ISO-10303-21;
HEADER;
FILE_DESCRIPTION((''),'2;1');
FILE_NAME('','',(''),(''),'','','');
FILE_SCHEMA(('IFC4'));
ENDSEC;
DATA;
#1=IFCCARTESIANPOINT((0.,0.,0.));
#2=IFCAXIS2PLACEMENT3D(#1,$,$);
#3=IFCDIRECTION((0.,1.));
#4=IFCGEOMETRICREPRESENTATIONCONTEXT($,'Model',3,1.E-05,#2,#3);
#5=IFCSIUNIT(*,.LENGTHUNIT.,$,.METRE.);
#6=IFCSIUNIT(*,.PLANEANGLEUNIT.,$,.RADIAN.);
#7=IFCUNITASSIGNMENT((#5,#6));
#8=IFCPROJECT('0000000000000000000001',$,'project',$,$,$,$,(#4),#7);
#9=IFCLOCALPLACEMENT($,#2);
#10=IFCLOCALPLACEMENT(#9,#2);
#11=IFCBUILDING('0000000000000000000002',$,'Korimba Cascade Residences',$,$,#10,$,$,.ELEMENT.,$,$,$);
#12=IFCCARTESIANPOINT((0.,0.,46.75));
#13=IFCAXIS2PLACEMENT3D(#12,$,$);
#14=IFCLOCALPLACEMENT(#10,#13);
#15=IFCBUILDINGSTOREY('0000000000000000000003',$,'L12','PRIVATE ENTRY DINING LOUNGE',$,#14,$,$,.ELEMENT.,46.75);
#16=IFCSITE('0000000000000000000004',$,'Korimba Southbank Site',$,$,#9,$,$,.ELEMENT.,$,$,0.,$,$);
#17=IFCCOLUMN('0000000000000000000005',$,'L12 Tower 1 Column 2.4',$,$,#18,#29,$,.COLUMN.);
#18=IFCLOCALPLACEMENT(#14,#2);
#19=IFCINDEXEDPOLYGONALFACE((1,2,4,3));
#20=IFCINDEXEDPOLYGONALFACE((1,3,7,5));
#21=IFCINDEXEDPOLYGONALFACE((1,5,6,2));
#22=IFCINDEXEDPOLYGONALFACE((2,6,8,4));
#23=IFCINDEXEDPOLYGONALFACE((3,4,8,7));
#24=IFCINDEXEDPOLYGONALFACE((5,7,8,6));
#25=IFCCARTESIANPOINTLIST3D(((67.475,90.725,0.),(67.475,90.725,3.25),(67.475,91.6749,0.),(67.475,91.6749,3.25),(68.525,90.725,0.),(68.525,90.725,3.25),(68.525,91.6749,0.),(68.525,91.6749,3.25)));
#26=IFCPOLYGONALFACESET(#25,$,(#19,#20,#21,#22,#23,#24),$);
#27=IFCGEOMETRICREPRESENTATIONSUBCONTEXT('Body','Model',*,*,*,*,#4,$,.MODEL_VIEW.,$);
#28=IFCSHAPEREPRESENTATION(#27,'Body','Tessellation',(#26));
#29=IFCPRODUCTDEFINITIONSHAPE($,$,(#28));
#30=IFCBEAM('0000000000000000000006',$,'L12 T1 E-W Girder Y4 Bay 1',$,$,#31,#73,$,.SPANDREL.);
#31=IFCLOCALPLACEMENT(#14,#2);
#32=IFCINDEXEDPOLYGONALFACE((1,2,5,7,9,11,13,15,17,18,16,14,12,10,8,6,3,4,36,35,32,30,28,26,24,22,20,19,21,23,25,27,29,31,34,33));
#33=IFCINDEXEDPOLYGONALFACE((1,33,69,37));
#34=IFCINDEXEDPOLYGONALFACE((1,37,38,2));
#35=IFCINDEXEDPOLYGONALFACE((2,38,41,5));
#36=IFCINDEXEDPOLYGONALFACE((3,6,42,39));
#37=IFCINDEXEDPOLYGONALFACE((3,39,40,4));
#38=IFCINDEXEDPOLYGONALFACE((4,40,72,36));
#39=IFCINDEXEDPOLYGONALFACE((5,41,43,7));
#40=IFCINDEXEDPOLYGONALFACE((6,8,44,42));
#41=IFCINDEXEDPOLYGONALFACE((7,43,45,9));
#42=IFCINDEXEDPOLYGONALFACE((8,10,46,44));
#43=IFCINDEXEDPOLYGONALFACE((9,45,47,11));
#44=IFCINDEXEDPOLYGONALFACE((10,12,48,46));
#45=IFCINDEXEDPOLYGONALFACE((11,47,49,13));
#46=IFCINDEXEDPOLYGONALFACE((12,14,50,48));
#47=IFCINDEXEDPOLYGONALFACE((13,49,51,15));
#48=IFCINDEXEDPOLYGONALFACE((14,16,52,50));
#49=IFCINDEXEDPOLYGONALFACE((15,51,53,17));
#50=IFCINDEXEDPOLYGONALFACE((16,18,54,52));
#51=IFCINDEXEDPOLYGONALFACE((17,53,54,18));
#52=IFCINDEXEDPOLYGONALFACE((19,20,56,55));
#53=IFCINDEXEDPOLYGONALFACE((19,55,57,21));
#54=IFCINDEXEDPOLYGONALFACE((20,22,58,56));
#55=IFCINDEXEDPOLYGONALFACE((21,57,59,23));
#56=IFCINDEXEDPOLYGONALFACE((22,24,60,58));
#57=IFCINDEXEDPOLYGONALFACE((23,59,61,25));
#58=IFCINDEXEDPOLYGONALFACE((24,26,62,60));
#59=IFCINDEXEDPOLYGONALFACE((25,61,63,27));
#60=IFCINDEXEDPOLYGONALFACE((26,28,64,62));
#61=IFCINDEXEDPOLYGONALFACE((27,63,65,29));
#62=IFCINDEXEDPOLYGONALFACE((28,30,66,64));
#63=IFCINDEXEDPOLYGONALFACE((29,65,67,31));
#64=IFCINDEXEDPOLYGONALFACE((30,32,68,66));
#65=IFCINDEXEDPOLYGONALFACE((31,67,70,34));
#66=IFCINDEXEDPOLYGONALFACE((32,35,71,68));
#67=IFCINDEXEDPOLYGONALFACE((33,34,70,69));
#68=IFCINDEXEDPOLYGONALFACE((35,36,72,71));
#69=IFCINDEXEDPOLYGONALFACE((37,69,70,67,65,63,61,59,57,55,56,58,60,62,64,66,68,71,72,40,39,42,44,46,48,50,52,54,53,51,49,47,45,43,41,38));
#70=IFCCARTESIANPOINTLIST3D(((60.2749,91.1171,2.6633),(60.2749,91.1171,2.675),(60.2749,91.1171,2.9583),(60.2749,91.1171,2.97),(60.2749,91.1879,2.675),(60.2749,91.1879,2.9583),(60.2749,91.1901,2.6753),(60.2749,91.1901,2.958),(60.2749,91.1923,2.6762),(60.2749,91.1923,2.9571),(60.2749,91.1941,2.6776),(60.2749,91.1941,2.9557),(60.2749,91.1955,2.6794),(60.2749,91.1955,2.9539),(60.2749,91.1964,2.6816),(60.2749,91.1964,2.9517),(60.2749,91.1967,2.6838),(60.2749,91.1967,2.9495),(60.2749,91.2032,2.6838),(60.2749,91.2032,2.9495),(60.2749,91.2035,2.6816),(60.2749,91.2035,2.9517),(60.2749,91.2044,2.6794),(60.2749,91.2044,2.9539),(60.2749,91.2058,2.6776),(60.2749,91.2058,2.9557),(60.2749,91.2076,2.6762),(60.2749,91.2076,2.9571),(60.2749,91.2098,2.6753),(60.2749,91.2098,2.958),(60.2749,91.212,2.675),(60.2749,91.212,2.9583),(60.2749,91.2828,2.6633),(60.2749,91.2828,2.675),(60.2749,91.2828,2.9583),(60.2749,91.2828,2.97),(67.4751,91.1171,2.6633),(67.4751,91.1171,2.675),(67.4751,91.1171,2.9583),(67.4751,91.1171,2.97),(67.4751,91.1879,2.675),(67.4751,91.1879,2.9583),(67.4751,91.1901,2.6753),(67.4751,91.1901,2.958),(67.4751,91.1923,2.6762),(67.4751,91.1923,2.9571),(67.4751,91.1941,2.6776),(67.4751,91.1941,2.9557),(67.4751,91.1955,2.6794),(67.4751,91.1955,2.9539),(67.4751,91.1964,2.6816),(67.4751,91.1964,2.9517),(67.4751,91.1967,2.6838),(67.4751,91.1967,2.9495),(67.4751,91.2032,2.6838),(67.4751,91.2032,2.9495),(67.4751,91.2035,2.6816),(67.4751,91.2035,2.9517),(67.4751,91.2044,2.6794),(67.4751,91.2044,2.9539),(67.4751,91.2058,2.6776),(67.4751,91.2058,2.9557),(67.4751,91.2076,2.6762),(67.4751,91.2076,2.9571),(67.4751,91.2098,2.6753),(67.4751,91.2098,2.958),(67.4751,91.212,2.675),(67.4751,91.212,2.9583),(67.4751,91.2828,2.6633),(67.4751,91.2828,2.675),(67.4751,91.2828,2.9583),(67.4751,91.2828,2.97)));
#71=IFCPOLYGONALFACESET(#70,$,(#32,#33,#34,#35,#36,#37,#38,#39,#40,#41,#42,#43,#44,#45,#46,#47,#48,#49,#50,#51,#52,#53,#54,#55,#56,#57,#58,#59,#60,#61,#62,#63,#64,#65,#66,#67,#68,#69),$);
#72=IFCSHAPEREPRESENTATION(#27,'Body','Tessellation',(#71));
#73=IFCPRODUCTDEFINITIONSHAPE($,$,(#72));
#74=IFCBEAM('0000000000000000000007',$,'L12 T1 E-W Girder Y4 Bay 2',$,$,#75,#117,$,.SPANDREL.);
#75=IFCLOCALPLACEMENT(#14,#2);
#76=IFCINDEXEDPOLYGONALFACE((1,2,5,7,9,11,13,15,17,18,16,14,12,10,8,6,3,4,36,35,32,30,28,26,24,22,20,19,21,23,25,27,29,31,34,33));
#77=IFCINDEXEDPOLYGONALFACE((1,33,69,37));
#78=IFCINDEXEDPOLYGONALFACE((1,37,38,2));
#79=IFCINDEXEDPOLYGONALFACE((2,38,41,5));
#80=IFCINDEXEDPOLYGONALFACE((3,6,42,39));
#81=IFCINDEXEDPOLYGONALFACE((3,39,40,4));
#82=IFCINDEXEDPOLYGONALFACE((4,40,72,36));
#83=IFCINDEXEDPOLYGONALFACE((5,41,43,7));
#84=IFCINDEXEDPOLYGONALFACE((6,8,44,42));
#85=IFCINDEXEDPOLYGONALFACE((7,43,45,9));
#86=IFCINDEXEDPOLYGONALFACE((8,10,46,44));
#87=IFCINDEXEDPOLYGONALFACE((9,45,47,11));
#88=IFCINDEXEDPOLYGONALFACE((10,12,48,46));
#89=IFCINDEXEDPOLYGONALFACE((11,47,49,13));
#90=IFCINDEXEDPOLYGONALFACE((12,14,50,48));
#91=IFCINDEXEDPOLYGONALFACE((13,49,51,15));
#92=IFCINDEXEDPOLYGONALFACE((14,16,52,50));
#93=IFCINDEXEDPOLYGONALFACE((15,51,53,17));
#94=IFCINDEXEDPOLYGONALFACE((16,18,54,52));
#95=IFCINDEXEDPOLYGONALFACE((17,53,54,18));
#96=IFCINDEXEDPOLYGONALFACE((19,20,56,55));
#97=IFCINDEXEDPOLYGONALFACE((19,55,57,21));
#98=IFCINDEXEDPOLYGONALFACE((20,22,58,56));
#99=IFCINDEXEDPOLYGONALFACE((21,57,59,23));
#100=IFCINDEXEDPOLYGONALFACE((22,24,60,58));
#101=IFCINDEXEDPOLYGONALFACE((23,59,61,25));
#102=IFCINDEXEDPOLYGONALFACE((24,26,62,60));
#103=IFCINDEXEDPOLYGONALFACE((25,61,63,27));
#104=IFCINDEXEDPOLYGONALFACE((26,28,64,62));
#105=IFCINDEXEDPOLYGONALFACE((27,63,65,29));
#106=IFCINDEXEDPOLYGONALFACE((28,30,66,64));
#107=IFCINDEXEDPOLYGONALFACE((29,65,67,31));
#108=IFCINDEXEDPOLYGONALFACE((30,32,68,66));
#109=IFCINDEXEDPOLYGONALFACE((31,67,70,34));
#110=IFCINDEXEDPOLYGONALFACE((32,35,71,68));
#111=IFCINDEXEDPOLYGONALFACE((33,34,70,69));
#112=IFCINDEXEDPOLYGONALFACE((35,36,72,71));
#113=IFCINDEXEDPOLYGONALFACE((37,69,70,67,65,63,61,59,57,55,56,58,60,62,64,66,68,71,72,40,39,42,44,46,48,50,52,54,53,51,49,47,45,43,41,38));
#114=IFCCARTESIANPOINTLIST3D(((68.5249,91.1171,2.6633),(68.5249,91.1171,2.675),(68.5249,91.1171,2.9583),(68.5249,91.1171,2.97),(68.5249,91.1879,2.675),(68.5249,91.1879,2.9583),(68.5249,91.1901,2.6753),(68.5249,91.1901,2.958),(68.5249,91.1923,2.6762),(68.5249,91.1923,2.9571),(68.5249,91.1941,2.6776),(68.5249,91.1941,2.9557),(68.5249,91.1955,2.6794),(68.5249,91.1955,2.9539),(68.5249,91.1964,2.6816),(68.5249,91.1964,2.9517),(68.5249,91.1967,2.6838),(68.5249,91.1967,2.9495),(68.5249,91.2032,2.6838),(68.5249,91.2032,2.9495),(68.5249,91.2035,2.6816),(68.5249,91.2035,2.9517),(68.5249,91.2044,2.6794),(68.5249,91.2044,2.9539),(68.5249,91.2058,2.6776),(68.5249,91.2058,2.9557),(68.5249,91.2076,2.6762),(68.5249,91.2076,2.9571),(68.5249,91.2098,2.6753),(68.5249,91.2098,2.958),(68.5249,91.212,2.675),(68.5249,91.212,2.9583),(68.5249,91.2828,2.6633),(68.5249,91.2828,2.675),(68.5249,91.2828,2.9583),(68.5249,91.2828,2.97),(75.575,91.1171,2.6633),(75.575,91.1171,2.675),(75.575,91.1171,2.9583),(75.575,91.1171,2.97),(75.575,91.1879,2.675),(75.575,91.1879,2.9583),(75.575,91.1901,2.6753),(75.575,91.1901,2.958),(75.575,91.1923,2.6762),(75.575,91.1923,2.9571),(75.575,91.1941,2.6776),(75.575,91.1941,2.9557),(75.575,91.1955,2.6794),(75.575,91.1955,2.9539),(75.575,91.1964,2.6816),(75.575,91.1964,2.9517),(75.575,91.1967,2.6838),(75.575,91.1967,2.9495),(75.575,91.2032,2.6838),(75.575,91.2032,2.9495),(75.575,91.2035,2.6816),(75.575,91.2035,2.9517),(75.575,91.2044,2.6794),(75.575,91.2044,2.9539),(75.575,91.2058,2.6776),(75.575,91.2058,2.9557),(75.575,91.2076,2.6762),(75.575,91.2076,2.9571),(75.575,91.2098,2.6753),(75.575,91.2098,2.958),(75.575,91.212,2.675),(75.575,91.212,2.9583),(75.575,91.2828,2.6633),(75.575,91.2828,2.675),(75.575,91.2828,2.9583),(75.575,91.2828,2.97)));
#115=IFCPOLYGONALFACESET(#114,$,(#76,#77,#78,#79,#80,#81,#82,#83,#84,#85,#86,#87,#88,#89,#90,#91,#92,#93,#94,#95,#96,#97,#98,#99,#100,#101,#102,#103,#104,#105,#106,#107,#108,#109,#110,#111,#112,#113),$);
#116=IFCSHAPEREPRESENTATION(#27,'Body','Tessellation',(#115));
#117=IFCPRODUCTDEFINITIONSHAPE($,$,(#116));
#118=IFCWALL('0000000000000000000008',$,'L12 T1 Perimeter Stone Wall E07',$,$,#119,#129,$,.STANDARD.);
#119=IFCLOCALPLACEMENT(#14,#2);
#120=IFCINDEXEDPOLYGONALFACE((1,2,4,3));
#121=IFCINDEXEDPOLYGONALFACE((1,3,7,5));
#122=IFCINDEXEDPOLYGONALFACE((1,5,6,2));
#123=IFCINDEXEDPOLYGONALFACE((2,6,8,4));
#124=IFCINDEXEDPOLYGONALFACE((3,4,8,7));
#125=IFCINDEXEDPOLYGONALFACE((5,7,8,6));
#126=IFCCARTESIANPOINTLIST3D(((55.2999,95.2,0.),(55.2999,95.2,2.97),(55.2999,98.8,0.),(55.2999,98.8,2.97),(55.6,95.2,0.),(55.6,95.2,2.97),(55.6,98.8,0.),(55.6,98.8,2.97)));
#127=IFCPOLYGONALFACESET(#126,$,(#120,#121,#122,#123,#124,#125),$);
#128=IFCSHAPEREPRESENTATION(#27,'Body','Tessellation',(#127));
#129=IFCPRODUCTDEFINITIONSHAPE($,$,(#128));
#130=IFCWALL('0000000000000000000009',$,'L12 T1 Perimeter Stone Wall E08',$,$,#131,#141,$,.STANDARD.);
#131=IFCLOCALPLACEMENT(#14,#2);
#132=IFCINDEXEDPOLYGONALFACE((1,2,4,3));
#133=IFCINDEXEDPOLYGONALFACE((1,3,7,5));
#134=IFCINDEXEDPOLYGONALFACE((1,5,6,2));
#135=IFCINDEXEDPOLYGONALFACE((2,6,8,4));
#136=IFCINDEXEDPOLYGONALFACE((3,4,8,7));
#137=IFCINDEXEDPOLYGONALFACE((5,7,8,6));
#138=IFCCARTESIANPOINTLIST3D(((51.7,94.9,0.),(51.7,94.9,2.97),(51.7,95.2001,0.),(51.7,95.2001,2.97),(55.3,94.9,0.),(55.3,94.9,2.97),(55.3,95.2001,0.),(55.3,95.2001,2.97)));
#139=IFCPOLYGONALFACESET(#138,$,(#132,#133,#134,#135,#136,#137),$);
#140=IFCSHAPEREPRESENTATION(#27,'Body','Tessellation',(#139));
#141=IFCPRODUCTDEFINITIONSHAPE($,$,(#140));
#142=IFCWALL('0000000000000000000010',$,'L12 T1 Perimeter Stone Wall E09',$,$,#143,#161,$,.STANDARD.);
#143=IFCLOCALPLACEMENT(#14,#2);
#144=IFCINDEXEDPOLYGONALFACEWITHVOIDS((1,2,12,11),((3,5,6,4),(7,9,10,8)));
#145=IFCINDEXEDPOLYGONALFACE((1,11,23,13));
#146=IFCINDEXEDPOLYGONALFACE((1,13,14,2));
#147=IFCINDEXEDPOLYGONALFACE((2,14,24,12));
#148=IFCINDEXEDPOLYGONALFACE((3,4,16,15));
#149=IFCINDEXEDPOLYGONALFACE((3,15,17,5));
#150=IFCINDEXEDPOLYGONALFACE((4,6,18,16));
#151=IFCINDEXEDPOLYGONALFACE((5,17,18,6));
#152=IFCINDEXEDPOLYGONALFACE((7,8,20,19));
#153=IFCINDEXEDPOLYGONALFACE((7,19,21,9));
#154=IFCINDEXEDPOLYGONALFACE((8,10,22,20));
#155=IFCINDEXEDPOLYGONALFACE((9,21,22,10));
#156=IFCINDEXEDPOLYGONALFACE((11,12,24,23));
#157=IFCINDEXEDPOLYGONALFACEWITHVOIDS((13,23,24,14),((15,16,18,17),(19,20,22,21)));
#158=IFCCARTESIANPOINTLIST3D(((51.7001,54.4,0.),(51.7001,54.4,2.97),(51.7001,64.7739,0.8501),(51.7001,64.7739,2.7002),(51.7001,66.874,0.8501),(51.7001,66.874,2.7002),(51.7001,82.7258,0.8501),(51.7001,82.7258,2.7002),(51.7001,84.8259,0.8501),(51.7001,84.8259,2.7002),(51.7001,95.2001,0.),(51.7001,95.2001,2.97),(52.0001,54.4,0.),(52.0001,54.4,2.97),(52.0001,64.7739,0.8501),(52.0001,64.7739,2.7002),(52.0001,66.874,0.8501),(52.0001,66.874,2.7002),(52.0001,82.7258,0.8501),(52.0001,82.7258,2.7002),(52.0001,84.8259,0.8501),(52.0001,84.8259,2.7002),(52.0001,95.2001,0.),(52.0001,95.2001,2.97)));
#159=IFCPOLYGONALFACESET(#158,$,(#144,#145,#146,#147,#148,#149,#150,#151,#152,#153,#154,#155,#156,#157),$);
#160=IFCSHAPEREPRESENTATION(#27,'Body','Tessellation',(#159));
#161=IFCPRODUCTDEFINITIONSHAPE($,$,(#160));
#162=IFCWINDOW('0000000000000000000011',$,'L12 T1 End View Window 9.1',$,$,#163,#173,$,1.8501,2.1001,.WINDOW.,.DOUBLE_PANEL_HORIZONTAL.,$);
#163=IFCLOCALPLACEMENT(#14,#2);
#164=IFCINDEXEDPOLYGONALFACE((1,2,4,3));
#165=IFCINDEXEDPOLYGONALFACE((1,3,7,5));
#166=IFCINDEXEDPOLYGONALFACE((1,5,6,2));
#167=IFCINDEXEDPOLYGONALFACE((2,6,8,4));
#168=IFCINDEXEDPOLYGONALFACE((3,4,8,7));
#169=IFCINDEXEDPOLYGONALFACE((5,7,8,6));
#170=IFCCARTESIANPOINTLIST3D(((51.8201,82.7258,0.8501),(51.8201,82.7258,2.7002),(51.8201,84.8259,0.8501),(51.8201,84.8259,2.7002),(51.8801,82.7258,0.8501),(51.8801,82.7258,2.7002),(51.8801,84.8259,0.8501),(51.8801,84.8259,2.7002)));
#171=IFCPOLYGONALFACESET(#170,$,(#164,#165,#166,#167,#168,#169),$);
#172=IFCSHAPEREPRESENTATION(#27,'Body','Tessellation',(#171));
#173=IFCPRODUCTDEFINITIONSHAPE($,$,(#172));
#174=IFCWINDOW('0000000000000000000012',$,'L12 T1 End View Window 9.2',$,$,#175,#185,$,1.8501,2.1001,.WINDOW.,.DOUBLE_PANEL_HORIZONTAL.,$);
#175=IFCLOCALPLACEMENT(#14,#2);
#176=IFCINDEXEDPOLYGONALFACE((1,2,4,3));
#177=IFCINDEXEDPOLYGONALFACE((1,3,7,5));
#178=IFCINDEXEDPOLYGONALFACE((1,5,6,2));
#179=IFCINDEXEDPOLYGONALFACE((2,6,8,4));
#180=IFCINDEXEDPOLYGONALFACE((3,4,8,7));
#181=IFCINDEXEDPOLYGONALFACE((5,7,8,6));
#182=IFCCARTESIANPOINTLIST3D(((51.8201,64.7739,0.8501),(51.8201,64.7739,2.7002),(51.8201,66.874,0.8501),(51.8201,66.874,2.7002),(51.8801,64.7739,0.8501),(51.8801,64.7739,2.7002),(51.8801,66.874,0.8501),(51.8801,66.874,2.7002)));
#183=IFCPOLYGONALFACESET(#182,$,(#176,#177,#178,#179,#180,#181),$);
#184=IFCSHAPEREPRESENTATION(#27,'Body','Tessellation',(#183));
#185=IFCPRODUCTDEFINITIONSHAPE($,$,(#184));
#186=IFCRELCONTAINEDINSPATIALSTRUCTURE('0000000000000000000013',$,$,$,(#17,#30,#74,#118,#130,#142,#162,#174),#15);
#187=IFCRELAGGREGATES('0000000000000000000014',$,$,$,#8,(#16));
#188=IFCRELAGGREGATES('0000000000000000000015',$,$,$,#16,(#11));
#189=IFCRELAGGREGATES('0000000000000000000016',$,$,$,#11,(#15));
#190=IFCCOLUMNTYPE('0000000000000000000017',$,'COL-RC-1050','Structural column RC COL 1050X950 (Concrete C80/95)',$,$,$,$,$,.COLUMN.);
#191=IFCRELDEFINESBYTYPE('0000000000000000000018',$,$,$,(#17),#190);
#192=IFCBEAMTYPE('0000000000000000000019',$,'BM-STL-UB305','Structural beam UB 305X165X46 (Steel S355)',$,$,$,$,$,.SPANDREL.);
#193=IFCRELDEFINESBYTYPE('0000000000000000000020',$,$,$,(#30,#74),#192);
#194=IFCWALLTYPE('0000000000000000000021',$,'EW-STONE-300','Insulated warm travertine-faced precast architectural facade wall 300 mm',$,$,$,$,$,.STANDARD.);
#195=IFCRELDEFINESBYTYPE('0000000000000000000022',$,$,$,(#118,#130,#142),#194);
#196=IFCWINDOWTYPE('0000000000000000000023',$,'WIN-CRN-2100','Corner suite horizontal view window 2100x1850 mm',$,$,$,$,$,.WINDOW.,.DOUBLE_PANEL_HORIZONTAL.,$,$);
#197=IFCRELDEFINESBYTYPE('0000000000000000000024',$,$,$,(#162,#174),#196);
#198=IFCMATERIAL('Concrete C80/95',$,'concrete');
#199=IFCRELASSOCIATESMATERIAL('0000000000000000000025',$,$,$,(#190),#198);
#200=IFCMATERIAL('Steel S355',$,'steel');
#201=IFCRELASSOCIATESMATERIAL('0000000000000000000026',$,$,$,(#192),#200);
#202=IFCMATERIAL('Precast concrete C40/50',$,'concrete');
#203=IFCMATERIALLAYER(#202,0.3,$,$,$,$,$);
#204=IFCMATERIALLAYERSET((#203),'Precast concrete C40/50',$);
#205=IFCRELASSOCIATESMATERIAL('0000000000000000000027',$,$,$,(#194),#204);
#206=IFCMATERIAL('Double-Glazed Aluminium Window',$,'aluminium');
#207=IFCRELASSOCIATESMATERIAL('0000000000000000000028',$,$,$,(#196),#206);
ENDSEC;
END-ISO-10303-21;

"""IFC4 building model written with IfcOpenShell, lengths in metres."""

from ifc_helpers import new_model, si_unit, direction, frame, frame_2d, origin, origin_2d, place, context, subcontext, project, spatial, rectangle, i_section, extrude, material, layer, layer_set, material_profile, profile_set, type_object, element, fill, save


model = new_model("IFC4")

# Units and contexts
model_context = context("Model", 3, precision=1e-05, world=origin(), true_north=direction((0.0, 1.0)))
body_context = subcontext(model_context, "Body", "Model", "MODEL_VIEW")
ifc_project = project(units=[si_unit("LENGTHUNIT", "METRE"), si_unit("PLANEANGLEUNIT", "RADIAN")], contexts=[model_context])

# Site, building, storey
site_placement = place(None, origin())
site = spatial("IfcSite", under=ifc_project, at=site_placement, Name="Korimba Southbank Site", CompositionType="ELEMENT", RefElevation=0.0)
building_placement = place(site_placement, origin())
building = spatial("IfcBuilding", under=site, at=building_placement, Name="Korimba Cascade Residences", CompositionType="ELEMENT")
storey_placement = place(building_placement, frame((0.0, 0.0, 46.75)))
storey = spatial("IfcBuildingStorey", under=building, at=storey_placement, Name="L12", Description="PRIVATE ENTRY DINING LOUNGE", CompositionType="ELEMENT", Elevation=46.75)

# Column
ifc_material_1 = material(Name="Concrete C80/95", Category="concrete")
ifc_material_profile_1 = material_profile(ifc_material_1, rectangle(XDim=1.05, YDim=0.95, at=origin_2d()), Name="Concrete C80/95")
ifc_profile_set_1 = profile_set([ifc_material_profile_1], Name="Concrete C80/95")
column_type = type_object("IfcColumnType", Name="COL-RC-1050", Description="Structural column RC COL 1050X950 (Concrete C80/95)", PredefinedType="COLUMN", material=ifc_profile_set_1)
column_placement = place(storey_placement, frame((68.0, 91.2, 0.0), z_axis=(0.0, 0.0, 1.0), x_axis=(1.0, 0.0, 0.0)))
element("IfcColumn", 1, at=column_placement, inside=storey, type_object=column_type, Name="L12 Tower 1 Column 2.4", PredefinedType="COLUMN", context=body_context, shape_type="SweptSolid", body=[
    extrude(rectangle(XDim=1.05, YDim=0.95, at=origin_2d()), origin(), (0.0, 0.0, 1.0), 3.25),
])

# Beams
ifc_material_2 = material(Name="Steel S355", Category="steel")
ifc_material_profile_2 = material_profile(ifc_material_2, i_section(OverallWidth=0.1658, OverallDepth=0.3066, WebThickness=0.0066, FlangeThickness=0.0117, FilletRadius=0.0088, at=origin_2d()), Name="Steel S355")
ifc_profile_set_2 = profile_set([ifc_material_profile_2], Name="Steel S355")
beam_type = type_object("IfcBeamType", Name="BM-STL-UB305", Description="Structural beam UB 305X165X46 (Steel S355)", PredefinedType="SPANDREL", material=ifc_profile_set_2)
beam_1_placement = place(storey_placement, frame((60.2749, 91.2, 2.8167), z_axis=(1.0, 0.0, 0.0), x_axis=(0.0, 1.0, 0.0)))
element("IfcBeam", 2, at=beam_1_placement, inside=storey, type_object=beam_type, Name="L12 T1 E-W Girder Y4 Bay 1", PredefinedType="SPANDREL", context=body_context, shape_type="SweptSolid", body=[
    extrude(i_section(OverallWidth=0.1658, OverallDepth=0.3066, WebThickness=0.0066, FlangeThickness=0.0117, FilletRadius=0.0088, at=origin_2d()), origin(), (0.0, 0.0, 1.0), 7.2002),
])
beam_2_placement = place(storey_placement, frame((68.5249, 91.2, 2.8167), z_axis=(1.0, 0.0, 0.0), x_axis=(0.0, 1.0, 0.0)))
element("IfcBeam", 3, at=beam_2_placement, inside=storey, type_object=beam_type, Name="L12 T1 E-W Girder Y4 Bay 2", PredefinedType="SPANDREL", context=body_context, shape_type="SweptSolid", body=[
    extrude(i_section(OverallWidth=0.1658, OverallDepth=0.3066, WebThickness=0.0066, FlangeThickness=0.0117, FilletRadius=0.0088, at=origin_2d()), origin(), (0.0, 0.0, 1.0), 7.05),
])

# Walls
ifc_material_3 = material(Name="Precast concrete C40/50", Category="concrete")
ifc_layer_1 = layer(ifc_material_3, 0.3)
ifc_layer_set_1 = layer_set([ifc_layer_1], Name="Precast concrete C40/50")
wall_type_1 = type_object("IfcWallType", Name="EW-STONE-300", Description="Insulated warm travertine-faced precast architectural facade wall 300 mm", PredefinedType="STANDARD", material=ifc_layer_set_1)
for number, where, z_axis, x_axis, name in (
    (4, (55.45, 98.8, 0.0), (0.0, 0.0, 1.0), (0.0, -1.0, 0.0), "L12 T1 Perimeter Stone Wall E07"),
    (5, (55.3, 95.05, 0.0), (0.0, 0.0, 1.0), (-1.0, 0.0, 0.0), "L12 T1 Perimeter Stone Wall E08"),
):
    element("IfcWall", number, at=place(storey_placement, frame(where, z_axis=z_axis, x_axis=x_axis)), inside=storey, type_object=wall_type_1, Name=name, PredefinedType="STANDARD", context=body_context, shape_type="SweptSolid", body=[
        extrude(rectangle(XDim=3.6001, YDim=0.3, at=frame_2d((1.8, 0.0))), origin(), (0.0, 0.0, 1.0), 2.97),
    ])

# Wall, openings, windows
wall_1_placement = place(storey_placement, frame((51.8501, 95.2, 0.0), z_axis=(0.0, 0.0, 1.0), x_axis=(0.0, -1.0, 0.0)))
wall_1 = element("IfcWall", 6, at=wall_1_placement, inside=storey, type_object=wall_type_1, Name="L12 T1 Perimeter Stone Wall E09", PredefinedType="STANDARD", context=body_context, shape_type="SweptSolid", body=[
    extrude(rectangle(XDim=40.8, YDim=0.3, at=frame_2d((20.3999, 0.0))), origin(), (0.0, 0.0, 1.0), 2.97),
])
opening_1_placement = place(wall_1_placement, frame((10.374, 0.0, 0.8501)))
opening_1 = element("IfcOpeningElement", 7, at=opening_1_placement, cuts=wall_1, PredefinedType="OPENING", context=body_context, shape_type="SweptSolid", body=[
    extrude(rectangle(XDim=2.1001, YDim=1.8501, at=frame_2d((1.05, 0.925))), frame((0.0, 0.1602, 0.0), z_axis=(0.0, -1.0, 0.0), x_axis=(1.0, 0.0, 0.0)), (0.0, 0.0, 1.0), 0.3201),
])
opening_2_placement = place(wall_1_placement, frame((28.3259, 0.0, 0.8501)))
opening_2 = element("IfcOpeningElement", 8, at=opening_2_placement, cuts=wall_1, PredefinedType="OPENING", context=body_context, shape_type="SweptSolid", body=[
    extrude(rectangle(XDim=2.1001, YDim=1.8501, at=frame_2d((1.05, 0.925))), frame((0.0, 0.1602, 0.0), z_axis=(0.0, -1.0, 0.0), x_axis=(1.0, 0.0, 0.0)), (0.0, 0.0, 1.0), 0.3201),
])
ifc_material_4 = material(Name="Double-Glazed Aluminium Window", Category="aluminium")
window_type = type_object("IfcWindowType", Name="WIN-CRN-2100", Description="Corner suite horizontal view window 2100x1850 mm", PartitioningType="DOUBLE_PANEL_HORIZONTAL", PredefinedType="WINDOW", material=ifc_material_4)
window_1_placement = place(opening_1_placement, origin())
window_1 = element("IfcWindow", 9, at=window_1_placement, inside=storey, type_object=window_type, Name="L12 T1 End View Window 9.1", OverallHeight=1.8501, OverallWidth=2.1001, PartitioningType="DOUBLE_PANEL_HORIZONTAL", PredefinedType="WINDOW", context=body_context, shape_type="SweptSolid", body=[
    extrude(rectangle(XDim=2.1001, YDim=1.8501, at=frame_2d((1.05, 0.925))), frame((0.0, 0.03, 0.0), z_axis=(0.0, -1.0, 0.0), x_axis=(1.0, 0.0, 0.0)), (0.0, 0.0, 1.0), 0.0601),
])
fill(opening_1, window_1)
window_2_placement = place(opening_2_placement, origin())
window_2 = element("IfcWindow", 10, at=window_2_placement, inside=storey, type_object=window_type, Name="L12 T1 End View Window 9.2", OverallHeight=1.8501, OverallWidth=2.1001, PartitioningType="DOUBLE_PANEL_HORIZONTAL", PredefinedType="WINDOW", context=body_context, shape_type="SweptSolid", body=[
    extrude(rectangle(XDim=2.1001, YDim=1.8501, at=frame_2d((1.05, 0.925))), frame((0.0, 0.03, 0.0), z_axis=(0.0, -1.0, 0.0), x_axis=(1.0, 0.0, 0.0)), (0.0, 0.0, 1.0), 0.0601),
])
fill(opening_2, window_2)

save(model, "model.ifc")
